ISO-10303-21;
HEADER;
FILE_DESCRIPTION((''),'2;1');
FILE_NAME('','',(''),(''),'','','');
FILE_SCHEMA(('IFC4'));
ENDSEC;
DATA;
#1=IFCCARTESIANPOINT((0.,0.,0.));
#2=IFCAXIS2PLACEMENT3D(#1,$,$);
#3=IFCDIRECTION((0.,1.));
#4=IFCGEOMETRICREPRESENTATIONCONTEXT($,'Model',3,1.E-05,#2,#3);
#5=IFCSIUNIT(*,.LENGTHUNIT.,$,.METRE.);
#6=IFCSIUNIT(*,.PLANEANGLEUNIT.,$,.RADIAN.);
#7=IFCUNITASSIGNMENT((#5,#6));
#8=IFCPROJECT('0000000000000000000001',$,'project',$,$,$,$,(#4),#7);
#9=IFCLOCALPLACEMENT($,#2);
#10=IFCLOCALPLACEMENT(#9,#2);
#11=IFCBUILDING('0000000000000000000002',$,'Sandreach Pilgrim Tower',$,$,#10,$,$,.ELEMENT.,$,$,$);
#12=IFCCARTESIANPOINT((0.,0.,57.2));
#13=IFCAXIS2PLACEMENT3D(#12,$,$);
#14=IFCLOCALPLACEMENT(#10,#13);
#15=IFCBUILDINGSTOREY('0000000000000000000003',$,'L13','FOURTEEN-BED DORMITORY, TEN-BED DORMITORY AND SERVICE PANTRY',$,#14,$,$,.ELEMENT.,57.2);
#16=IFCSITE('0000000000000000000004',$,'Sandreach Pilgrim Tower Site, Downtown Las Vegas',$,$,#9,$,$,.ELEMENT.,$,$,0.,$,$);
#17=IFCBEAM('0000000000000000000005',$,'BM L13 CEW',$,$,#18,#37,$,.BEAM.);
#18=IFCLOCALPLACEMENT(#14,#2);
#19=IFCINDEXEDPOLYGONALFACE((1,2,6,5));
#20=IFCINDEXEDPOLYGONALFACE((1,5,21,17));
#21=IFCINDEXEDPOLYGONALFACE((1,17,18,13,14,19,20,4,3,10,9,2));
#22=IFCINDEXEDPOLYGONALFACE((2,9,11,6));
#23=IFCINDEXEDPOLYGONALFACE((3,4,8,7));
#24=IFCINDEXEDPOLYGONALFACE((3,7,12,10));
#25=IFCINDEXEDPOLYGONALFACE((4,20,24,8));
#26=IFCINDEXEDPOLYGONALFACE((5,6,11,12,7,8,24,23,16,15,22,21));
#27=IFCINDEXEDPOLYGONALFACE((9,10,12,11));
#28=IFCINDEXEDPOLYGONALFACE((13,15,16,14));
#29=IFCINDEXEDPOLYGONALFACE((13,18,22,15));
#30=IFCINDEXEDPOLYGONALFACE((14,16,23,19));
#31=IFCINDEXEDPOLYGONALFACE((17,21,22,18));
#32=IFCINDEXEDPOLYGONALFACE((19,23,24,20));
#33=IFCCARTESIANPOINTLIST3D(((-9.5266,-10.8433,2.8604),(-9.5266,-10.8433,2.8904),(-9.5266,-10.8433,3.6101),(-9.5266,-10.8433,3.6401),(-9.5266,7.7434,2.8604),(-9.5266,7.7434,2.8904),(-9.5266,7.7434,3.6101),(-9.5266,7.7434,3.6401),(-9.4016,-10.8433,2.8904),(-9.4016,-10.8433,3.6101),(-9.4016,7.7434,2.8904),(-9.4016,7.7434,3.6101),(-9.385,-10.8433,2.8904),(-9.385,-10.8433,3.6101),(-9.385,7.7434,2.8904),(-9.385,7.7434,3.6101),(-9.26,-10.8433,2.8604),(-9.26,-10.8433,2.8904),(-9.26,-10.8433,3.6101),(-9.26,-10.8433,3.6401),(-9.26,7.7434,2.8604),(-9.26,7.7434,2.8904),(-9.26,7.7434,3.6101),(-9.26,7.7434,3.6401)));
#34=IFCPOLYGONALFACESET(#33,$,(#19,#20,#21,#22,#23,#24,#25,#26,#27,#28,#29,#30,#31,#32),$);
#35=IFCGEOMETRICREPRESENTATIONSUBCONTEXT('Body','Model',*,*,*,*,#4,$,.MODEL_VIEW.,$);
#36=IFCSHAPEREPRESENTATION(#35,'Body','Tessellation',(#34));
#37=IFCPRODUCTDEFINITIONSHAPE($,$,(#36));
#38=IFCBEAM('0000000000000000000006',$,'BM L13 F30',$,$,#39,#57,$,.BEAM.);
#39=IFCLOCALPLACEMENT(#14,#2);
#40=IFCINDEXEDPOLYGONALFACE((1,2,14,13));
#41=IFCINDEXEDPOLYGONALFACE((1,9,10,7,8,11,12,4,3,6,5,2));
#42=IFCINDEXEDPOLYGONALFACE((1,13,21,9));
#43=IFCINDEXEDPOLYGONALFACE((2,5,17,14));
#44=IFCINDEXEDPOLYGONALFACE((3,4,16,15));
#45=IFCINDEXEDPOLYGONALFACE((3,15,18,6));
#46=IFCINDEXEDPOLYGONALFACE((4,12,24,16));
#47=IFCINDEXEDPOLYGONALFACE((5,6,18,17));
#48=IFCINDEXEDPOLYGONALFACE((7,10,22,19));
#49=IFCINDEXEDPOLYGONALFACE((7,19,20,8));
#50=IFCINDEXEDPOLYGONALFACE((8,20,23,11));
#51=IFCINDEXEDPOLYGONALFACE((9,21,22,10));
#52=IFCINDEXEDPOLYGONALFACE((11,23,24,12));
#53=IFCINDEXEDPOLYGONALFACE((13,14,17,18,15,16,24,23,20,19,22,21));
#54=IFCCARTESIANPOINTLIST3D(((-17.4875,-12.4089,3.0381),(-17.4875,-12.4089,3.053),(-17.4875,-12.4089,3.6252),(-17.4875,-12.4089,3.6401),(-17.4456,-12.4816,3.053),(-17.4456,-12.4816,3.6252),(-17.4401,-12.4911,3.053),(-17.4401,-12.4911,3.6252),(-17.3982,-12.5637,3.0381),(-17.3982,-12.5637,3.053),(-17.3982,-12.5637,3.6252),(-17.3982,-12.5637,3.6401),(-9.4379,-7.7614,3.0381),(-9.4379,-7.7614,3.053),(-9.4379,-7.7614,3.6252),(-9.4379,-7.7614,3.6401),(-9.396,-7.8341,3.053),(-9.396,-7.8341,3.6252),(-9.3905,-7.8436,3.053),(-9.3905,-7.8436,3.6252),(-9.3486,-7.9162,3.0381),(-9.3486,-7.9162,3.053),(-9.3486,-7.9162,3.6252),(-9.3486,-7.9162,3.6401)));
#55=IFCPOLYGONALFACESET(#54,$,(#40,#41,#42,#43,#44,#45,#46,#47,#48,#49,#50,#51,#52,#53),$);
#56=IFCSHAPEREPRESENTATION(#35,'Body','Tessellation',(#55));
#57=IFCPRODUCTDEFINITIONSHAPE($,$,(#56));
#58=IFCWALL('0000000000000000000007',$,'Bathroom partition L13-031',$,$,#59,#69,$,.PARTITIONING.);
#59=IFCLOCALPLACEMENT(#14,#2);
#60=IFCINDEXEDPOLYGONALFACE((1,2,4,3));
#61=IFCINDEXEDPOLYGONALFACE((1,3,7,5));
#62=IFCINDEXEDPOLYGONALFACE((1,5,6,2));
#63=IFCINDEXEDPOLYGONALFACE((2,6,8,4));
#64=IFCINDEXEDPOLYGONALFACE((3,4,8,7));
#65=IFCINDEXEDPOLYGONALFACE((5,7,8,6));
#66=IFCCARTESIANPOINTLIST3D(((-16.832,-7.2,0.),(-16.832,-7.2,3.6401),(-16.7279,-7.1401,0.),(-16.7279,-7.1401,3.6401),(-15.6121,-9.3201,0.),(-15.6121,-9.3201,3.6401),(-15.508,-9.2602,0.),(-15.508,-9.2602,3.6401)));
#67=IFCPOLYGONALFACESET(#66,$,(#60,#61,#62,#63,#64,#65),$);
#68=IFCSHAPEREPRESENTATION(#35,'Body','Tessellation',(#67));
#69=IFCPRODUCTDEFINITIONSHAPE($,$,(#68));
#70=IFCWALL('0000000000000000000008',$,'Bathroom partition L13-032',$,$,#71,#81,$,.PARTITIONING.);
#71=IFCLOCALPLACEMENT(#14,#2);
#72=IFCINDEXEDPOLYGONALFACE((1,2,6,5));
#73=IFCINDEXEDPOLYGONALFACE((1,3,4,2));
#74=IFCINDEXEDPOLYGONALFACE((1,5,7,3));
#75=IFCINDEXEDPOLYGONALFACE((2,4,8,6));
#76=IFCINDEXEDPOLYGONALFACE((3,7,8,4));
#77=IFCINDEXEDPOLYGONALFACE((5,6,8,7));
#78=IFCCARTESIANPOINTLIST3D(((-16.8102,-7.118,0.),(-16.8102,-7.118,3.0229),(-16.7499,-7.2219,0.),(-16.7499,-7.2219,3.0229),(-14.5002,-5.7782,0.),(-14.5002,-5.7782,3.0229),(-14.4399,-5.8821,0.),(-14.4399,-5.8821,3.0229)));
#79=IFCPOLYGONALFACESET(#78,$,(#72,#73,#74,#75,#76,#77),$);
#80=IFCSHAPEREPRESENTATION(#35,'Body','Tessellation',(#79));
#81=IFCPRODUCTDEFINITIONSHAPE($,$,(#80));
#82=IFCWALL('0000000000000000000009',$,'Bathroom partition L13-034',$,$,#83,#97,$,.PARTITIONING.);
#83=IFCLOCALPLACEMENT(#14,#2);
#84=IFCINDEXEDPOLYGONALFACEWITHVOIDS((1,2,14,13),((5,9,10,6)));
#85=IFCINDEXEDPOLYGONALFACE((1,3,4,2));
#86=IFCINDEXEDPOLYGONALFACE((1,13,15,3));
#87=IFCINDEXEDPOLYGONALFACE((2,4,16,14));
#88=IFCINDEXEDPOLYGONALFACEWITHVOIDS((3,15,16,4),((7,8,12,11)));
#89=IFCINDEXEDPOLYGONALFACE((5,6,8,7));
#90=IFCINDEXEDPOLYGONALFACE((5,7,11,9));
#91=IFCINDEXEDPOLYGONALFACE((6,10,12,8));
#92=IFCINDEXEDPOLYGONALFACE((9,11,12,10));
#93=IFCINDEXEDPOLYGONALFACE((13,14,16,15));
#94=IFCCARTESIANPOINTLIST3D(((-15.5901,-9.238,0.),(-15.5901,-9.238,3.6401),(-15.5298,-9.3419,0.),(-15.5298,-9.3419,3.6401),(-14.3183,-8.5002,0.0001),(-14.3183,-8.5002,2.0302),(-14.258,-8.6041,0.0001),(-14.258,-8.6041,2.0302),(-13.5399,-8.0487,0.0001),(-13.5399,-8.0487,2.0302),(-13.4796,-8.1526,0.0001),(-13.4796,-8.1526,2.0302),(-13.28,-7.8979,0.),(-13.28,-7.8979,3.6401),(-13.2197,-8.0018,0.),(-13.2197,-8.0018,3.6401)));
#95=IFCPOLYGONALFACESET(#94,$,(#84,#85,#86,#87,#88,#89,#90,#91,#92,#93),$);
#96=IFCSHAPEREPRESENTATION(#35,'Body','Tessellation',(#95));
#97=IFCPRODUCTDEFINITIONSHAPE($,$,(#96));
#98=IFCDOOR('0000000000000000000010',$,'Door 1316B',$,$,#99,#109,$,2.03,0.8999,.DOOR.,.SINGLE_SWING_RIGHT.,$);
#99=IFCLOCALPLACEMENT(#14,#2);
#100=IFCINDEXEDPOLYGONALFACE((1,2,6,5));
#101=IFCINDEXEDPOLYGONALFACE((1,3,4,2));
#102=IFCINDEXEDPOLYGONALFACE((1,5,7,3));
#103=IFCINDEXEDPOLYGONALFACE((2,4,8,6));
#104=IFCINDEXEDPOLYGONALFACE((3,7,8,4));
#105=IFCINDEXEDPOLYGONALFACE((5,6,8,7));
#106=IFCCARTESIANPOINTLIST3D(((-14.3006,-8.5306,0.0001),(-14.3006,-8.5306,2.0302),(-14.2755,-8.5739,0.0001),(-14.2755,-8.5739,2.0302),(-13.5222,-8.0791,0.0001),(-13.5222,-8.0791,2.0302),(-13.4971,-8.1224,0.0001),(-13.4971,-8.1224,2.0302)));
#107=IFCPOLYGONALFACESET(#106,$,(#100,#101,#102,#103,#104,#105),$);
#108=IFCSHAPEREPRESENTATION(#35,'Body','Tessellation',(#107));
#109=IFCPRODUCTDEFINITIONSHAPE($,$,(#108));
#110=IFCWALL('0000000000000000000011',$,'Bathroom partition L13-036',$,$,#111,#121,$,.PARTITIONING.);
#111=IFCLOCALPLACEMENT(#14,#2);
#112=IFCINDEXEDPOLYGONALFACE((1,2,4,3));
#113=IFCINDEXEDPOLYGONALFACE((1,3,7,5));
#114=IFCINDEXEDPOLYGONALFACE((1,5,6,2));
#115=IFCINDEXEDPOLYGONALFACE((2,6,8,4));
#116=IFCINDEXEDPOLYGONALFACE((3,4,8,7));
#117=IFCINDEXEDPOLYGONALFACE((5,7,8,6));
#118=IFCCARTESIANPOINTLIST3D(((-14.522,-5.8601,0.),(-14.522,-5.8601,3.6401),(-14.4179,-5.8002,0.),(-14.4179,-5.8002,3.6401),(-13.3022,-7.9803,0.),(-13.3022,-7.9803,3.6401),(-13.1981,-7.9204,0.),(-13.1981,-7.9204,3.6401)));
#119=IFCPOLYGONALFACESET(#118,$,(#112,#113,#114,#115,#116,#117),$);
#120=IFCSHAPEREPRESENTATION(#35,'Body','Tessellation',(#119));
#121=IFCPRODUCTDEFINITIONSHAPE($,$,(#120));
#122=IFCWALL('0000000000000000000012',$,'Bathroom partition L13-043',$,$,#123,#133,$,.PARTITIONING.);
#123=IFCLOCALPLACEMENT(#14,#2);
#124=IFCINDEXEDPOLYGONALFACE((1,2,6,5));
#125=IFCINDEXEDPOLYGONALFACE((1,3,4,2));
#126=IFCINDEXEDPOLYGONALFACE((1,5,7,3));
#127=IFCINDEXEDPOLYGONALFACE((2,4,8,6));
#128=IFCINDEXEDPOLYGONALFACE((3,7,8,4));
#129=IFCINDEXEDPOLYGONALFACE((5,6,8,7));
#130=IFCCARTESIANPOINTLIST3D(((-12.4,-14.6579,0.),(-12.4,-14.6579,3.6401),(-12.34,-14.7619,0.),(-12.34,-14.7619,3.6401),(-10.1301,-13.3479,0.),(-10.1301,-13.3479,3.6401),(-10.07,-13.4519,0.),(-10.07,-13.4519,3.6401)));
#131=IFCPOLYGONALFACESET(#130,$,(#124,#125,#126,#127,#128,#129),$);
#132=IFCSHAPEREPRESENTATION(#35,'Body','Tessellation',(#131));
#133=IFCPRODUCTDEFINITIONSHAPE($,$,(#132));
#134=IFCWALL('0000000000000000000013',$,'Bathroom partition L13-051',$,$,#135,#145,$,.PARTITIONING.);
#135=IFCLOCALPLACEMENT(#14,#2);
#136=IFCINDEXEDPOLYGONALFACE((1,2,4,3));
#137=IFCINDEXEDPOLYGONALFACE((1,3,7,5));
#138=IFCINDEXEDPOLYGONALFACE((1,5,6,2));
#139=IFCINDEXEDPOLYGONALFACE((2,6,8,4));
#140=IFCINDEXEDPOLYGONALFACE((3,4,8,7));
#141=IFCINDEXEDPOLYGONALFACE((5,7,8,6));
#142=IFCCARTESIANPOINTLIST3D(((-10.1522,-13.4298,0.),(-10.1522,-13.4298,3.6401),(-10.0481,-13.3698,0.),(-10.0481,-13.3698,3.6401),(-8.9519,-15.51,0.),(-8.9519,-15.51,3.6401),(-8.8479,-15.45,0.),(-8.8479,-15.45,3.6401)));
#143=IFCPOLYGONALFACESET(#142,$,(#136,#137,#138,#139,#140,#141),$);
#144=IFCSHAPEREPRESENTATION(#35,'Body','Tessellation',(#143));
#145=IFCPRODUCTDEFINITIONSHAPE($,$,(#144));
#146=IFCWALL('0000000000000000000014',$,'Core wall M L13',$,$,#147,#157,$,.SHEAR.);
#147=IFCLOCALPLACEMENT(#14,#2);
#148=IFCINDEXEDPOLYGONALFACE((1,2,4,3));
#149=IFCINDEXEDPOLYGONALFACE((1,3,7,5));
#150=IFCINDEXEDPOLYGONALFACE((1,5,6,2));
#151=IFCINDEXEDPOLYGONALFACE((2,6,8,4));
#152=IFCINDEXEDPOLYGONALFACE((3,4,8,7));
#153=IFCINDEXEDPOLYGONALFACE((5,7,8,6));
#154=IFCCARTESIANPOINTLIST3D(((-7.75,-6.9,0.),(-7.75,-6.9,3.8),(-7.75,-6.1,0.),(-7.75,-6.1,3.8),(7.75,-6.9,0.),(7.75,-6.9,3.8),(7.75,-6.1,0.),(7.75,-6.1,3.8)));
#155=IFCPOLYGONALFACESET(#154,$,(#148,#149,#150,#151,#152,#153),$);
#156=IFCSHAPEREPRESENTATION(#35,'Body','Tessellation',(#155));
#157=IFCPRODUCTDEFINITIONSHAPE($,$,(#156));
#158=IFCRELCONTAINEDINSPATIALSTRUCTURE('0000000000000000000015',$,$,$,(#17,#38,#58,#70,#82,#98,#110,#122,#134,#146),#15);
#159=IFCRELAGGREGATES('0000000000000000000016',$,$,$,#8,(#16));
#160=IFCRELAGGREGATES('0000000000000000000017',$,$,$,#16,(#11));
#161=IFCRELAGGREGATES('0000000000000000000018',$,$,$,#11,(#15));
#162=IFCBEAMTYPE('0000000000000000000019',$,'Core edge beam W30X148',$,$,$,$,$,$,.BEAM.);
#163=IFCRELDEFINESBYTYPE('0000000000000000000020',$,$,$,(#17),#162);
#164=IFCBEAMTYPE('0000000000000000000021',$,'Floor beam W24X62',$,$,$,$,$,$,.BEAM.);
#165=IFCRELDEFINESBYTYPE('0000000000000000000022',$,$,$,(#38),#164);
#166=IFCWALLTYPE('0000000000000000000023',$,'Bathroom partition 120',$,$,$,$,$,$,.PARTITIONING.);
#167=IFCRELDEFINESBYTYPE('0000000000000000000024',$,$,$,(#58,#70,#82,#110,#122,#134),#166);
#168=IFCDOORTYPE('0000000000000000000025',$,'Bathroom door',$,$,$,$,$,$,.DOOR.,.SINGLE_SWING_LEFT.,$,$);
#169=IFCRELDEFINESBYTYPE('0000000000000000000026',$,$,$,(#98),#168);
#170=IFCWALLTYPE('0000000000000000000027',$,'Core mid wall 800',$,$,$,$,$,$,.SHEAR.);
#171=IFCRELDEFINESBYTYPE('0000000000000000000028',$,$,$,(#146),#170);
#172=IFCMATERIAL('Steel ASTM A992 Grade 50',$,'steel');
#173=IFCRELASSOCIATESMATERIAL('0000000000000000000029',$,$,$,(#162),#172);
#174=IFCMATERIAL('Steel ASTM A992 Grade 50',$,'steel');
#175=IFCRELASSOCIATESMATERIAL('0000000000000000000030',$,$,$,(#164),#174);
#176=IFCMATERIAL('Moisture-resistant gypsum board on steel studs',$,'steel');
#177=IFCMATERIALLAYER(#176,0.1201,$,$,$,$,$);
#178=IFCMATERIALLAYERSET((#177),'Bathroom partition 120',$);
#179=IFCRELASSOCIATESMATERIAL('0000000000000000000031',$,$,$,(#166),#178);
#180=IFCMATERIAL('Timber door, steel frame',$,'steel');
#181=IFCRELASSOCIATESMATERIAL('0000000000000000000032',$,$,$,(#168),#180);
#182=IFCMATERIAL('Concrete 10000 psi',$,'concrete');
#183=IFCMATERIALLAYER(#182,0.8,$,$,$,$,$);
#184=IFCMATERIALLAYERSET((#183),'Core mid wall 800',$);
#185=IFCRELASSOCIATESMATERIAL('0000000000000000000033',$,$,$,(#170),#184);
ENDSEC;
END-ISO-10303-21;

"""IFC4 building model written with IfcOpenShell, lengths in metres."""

from ifc_helpers import new_model, si_unit, direction, frame, frame_2d, origin, origin_2d, place, context, subcontext, project, spatial, rectangle, i_section, extrude, material, layer, layer_set, material_profile, profile_set, type_object, element, fill, save


model = new_model("IFC4")

# Units and contexts
model_context = context("Model", 3, precision=1e-05, world=origin(), true_north=direction((0.0, 1.0)))
body_context = subcontext(model_context, "Body", "Model", "MODEL_VIEW")
ifc_project = project(units=[si_unit("LENGTHUNIT", "METRE"), si_unit("PLANEANGLEUNIT", "RADIAN")], contexts=[model_context])

# Site, building, storey
site_placement = place(None, origin())
site = spatial("IfcSite", under=ifc_project, at=site_placement, Name="Sandreach Pilgrim Tower Site, Downtown Las Vegas", CompositionType="ELEMENT", RefElevation=0.0)
building_placement = place(site_placement, origin())
building = spatial("IfcBuilding", under=site, at=building_placement, Name="Sandreach Pilgrim Tower", CompositionType="ELEMENT")
storey_placement = place(building_placement, frame((0.0, 0.0, 57.2)))
storey = spatial("IfcBuildingStorey", under=building, at=storey_placement, Name="L13", Description="FOURTEEN-BED DORMITORY, TEN-BED DORMITORY AND SERVICE PANTRY", CompositionType="ELEMENT", Elevation=57.2)

# Beams
ifc_material_1 = material(Name="Steel ASTM A992 Grade 50", Category="steel")
ifc_material_profile_1 = material_profile(ifc_material_1, i_section(OverallWidth=0.2666, OverallDepth=0.7798, WebThickness=0.0166, FlangeThickness=0.03, at=origin_2d()), Name="W30X148")
ifc_profile_set_1 = profile_set([ifc_material_profile_1], Name="Steel ASTM A992 Grade 50")
beam_type_1 = type_object("IfcBeamType", Name="Core edge beam W30X148", PredefinedType="BEAM", material=ifc_profile_set_1)
beam_1_placement = place(storey_placement, frame((-9.3933, -10.8433, 3.2502), z_axis=(0.0, 1.0, 0.0), x_axis=(-1.0, 0.0, 0.0)))
element("IfcBeam", 1, at=beam_1_placement, inside=storey, type_object=beam_type_1, Name="BM L13 CEW", PredefinedType="BEAM", context=body_context, shape_type="SweptSolid", body=[
    extrude(i_section(OverallWidth=0.2666, OverallDepth=0.7798, WebThickness=0.0166, FlangeThickness=0.03, at=origin_2d()), origin(), (0.0, 0.0, 1.0), 18.5867),
])
ifc_material_2 = material(Name="Steel ASTM A992 Grade 50", Category="steel")
ifc_material_profile_2 = material_profile(ifc_material_2, i_section(OverallWidth=0.1787, OverallDepth=0.6021, WebThickness=0.011, FlangeThickness=0.0149, at=origin_2d()), Name="W24X62")
ifc_profile_set_2 = profile_set([ifc_material_profile_2], Name="Steel ASTM A992 Grade 50")
beam_type_2 = type_object("IfcBeamType", Name="Floor beam W24X62", PredefinedType="BEAM", material=ifc_profile_set_2)
beam_2_placement = place(storey_placement, frame((-17.4429, -12.4863, 3.3391), z_axis=(0.866023, 0.500004, 0.0), x_axis=(-0.500004, 0.866023, 0.0)))
element("IfcBeam", 2, at=beam_2_placement, inside=storey, type_object=beam_type_2, Name="BM L13 F30", PredefinedType="BEAM", context=body_context, shape_type="SweptSolid", body=[
    extrude(i_section(OverallWidth=0.1787, OverallDepth=0.6021, WebThickness=0.011, FlangeThickness=0.0149, at=origin_2d()), origin(), (0.0, 0.0, 1.0), 9.2949),
])

# Walls
ifc_material_3 = material(Name="Moisture-resistant gypsum board on steel studs", Category="steel")
ifc_layer_1 = layer(ifc_material_3, 0.1201)
ifc_layer_set_1 = layer_set([ifc_layer_1], Name="Bathroom partition 120")
wall_type_1 = type_object("IfcWallType", Name="Bathroom partition 120", PredefinedType="PARTITIONING", material=ifc_layer_set_1)
wall_1_placement = place(storey_placement, frame((-16.78, -7.1699, 0.0), z_axis=(0.0, 0.0, 1.0), x_axis=(0.498749, -0.866747, 0.0)))
element("IfcWall", 3, at=wall_1_placement, inside=storey, type_object=wall_type_1, Name="Bathroom partition L13-031", PredefinedType="PARTITIONING", context=body_context, shape_type="SweptSolid", body=[
    extrude(rectangle(XDim=2.446, YDim=0.1201, at=frame_2d((1.2231, 0.0))), origin(), (0.0, 0.0, 1.0), 3.6401),
])
wall_2_placement = place(storey_placement, frame((-16.78, -7.1699, 0.0), z_axis=(0.0, 0.0, 1.0), x_axis=(0.86503, 0.501721, 0.0)))
element("IfcWall", 4, at=wall_2_placement, inside=storey, type_object=wall_type_1, Name="Bathroom partition L13-032", PredefinedType="PARTITIONING", context=body_context, shape_type="SweptSolid", body=[
    extrude(rectangle(XDim=2.6704, YDim=0.1201, at=frame_2d((1.3352, 0.0))), origin(), (0.0, 0.0, 1.0), 3.0229),
])

# Wall, opening, door
wall_3_placement = place(storey_placement, frame((-15.5601, -9.29, 0.0), z_axis=(0.0, 0.0, 1.0), x_axis=(0.86499, 0.501789, 0.0)))
wall_3 = element("IfcWall", 5, at=wall_3_placement, inside=storey, type_object=wall_type_1, Name="Bathroom partition L13-034", PredefinedType="PARTITIONING", context=body_context, shape_type="SweptSolid", body=[
    extrude(rectangle(XDim=2.6707, YDim=0.1201, at=frame_2d((1.3354, 0.0))), origin(), (0.0, 0.0, 1.0), 3.6401),
])
opening_1_placement = place(wall_3_placement, frame((1.4705, 0.0, 0.0)))
opening_1 = element("IfcOpeningElement", 6, at=opening_1_placement, cuts=wall_3, PredefinedType="OPENING", context=body_context, shape_type="SweptSolid", body=[
    extrude(rectangle(XDim=0.8999, YDim=2.03, at=frame_2d((0.45, 1.0151))), frame((0.0, 0.0601, 0.0), z_axis=(0.0, -1.0, 0.0), x_axis=(1.0, 0.0, 0.0)), (0.0, 0.0, 1.0), 0.1201),
])
ifc_material_4 = material(Name="Timber door, steel frame", Category="steel")
door_type_1 = type_object("IfcDoorType", Name="Bathroom door", OperationType="SINGLE_SWING_LEFT", PredefinedType="DOOR", material=ifc_material_4)
door_1_placement = place(opening_1_placement, origin())
door_1 = element("IfcDoor", 7, at=door_1_placement, inside=storey, type_object=door_type_1, Name="Door 1316B", OperationType="SINGLE_SWING_RIGHT", OverallHeight=2.03, OverallWidth=0.8999, PredefinedType="DOOR", context=body_context, shape_type="SweptSolid", body=[
    extrude(rectangle(XDim=0.8999, YDim=2.03, at=frame_2d((0.45, 1.0151))), frame((0.0, 0.0249, 0.0), z_axis=(0.0, -1.0, 0.0), x_axis=(1.0, 0.0, 0.0)), (0.0, 0.0, 1.0), 0.05),
])
fill(opening_1, door_1)

# Walls
wall_4_placement = place(storey_placement, frame((-14.47, -5.8301, 0.0), z_axis=(0.0, 0.0, 1.0), x_axis=(0.498674, -0.86679, 0.0)))
element("IfcWall", 8, at=wall_4_placement, inside=storey, type_object=wall_type_1, Name="Bathroom partition L13-036", PredefinedType="PARTITIONING", context=body_context, shape_type="SweptSolid", body=[
    extrude(rectangle(XDim=2.446, YDim=0.1201, at=frame_2d((1.2231, 0.0))), origin(), (0.0, 0.0, 1.0), 3.6401),
])
wall_5_placement = place(storey_placement, frame((-12.3701, -14.71, 0.0), z_axis=(0.0, 0.0, 1.0), x_axis=(0.866114, 0.499846, 0.0)))
element("IfcWall", 9, at=wall_5_placement, inside=storey, type_object=wall_type_1, Name="Bathroom partition L13-043", PredefinedType="PARTITIONING", context=body_context, shape_type="SweptSolid", body=[
    extrude(rectangle(XDim=2.6208, YDim=0.1201, at=frame_2d((1.3105, 0.0))), origin(), (0.0, 0.0, 1.0), 3.6401),
])
wall_6_placement = place(storey_placement, frame((-10.1001, -13.3999, 0.0), z_axis=(0.0, 0.0, 1.0), x_axis=(0.499769, -0.866159, 0.0)))
element("IfcWall", 10, at=wall_6_placement, inside=storey, type_object=wall_type_1, Name="Bathroom partition L13-051", PredefinedType="PARTITIONING", context=body_context, shape_type="SweptSolid", body=[
    extrude(rectangle(XDim=2.4016, YDim=0.1201, at=frame_2d((1.2007, 0.0))), origin(), (0.0, 0.0, 1.0), 3.6401),
])
ifc_material_5 = material(Name="Concrete 10000 psi", Category="concrete")
ifc_layer_2 = layer(ifc_material_5, 0.8)
ifc_layer_set_2 = layer_set([ifc_layer_2], Name="Core mid wall 800")
wall_type_2 = type_object("IfcWallType", Name="Core mid wall 800", PredefinedType="SHEAR", material=ifc_layer_set_2)
wall_7_placement = place(storey_placement, frame((-7.75, -6.5, 0.0), z_axis=(0.0, 0.0, 1.0), x_axis=(1.0, 0.0, 0.0)))
element("IfcWall", 11, at=wall_7_placement, inside=storey, type_object=wall_type_2, Name="Core wall M L13", PredefinedType="SHEAR", context=body_context, shape_type="SweptSolid", body=[
    extrude(rectangle(XDim=15.5, YDim=0.8, at=frame_2d((7.75, 0.0))), origin(), (0.0, 0.0, 1.0), 3.8),
])

save(model, "model.ifc")
